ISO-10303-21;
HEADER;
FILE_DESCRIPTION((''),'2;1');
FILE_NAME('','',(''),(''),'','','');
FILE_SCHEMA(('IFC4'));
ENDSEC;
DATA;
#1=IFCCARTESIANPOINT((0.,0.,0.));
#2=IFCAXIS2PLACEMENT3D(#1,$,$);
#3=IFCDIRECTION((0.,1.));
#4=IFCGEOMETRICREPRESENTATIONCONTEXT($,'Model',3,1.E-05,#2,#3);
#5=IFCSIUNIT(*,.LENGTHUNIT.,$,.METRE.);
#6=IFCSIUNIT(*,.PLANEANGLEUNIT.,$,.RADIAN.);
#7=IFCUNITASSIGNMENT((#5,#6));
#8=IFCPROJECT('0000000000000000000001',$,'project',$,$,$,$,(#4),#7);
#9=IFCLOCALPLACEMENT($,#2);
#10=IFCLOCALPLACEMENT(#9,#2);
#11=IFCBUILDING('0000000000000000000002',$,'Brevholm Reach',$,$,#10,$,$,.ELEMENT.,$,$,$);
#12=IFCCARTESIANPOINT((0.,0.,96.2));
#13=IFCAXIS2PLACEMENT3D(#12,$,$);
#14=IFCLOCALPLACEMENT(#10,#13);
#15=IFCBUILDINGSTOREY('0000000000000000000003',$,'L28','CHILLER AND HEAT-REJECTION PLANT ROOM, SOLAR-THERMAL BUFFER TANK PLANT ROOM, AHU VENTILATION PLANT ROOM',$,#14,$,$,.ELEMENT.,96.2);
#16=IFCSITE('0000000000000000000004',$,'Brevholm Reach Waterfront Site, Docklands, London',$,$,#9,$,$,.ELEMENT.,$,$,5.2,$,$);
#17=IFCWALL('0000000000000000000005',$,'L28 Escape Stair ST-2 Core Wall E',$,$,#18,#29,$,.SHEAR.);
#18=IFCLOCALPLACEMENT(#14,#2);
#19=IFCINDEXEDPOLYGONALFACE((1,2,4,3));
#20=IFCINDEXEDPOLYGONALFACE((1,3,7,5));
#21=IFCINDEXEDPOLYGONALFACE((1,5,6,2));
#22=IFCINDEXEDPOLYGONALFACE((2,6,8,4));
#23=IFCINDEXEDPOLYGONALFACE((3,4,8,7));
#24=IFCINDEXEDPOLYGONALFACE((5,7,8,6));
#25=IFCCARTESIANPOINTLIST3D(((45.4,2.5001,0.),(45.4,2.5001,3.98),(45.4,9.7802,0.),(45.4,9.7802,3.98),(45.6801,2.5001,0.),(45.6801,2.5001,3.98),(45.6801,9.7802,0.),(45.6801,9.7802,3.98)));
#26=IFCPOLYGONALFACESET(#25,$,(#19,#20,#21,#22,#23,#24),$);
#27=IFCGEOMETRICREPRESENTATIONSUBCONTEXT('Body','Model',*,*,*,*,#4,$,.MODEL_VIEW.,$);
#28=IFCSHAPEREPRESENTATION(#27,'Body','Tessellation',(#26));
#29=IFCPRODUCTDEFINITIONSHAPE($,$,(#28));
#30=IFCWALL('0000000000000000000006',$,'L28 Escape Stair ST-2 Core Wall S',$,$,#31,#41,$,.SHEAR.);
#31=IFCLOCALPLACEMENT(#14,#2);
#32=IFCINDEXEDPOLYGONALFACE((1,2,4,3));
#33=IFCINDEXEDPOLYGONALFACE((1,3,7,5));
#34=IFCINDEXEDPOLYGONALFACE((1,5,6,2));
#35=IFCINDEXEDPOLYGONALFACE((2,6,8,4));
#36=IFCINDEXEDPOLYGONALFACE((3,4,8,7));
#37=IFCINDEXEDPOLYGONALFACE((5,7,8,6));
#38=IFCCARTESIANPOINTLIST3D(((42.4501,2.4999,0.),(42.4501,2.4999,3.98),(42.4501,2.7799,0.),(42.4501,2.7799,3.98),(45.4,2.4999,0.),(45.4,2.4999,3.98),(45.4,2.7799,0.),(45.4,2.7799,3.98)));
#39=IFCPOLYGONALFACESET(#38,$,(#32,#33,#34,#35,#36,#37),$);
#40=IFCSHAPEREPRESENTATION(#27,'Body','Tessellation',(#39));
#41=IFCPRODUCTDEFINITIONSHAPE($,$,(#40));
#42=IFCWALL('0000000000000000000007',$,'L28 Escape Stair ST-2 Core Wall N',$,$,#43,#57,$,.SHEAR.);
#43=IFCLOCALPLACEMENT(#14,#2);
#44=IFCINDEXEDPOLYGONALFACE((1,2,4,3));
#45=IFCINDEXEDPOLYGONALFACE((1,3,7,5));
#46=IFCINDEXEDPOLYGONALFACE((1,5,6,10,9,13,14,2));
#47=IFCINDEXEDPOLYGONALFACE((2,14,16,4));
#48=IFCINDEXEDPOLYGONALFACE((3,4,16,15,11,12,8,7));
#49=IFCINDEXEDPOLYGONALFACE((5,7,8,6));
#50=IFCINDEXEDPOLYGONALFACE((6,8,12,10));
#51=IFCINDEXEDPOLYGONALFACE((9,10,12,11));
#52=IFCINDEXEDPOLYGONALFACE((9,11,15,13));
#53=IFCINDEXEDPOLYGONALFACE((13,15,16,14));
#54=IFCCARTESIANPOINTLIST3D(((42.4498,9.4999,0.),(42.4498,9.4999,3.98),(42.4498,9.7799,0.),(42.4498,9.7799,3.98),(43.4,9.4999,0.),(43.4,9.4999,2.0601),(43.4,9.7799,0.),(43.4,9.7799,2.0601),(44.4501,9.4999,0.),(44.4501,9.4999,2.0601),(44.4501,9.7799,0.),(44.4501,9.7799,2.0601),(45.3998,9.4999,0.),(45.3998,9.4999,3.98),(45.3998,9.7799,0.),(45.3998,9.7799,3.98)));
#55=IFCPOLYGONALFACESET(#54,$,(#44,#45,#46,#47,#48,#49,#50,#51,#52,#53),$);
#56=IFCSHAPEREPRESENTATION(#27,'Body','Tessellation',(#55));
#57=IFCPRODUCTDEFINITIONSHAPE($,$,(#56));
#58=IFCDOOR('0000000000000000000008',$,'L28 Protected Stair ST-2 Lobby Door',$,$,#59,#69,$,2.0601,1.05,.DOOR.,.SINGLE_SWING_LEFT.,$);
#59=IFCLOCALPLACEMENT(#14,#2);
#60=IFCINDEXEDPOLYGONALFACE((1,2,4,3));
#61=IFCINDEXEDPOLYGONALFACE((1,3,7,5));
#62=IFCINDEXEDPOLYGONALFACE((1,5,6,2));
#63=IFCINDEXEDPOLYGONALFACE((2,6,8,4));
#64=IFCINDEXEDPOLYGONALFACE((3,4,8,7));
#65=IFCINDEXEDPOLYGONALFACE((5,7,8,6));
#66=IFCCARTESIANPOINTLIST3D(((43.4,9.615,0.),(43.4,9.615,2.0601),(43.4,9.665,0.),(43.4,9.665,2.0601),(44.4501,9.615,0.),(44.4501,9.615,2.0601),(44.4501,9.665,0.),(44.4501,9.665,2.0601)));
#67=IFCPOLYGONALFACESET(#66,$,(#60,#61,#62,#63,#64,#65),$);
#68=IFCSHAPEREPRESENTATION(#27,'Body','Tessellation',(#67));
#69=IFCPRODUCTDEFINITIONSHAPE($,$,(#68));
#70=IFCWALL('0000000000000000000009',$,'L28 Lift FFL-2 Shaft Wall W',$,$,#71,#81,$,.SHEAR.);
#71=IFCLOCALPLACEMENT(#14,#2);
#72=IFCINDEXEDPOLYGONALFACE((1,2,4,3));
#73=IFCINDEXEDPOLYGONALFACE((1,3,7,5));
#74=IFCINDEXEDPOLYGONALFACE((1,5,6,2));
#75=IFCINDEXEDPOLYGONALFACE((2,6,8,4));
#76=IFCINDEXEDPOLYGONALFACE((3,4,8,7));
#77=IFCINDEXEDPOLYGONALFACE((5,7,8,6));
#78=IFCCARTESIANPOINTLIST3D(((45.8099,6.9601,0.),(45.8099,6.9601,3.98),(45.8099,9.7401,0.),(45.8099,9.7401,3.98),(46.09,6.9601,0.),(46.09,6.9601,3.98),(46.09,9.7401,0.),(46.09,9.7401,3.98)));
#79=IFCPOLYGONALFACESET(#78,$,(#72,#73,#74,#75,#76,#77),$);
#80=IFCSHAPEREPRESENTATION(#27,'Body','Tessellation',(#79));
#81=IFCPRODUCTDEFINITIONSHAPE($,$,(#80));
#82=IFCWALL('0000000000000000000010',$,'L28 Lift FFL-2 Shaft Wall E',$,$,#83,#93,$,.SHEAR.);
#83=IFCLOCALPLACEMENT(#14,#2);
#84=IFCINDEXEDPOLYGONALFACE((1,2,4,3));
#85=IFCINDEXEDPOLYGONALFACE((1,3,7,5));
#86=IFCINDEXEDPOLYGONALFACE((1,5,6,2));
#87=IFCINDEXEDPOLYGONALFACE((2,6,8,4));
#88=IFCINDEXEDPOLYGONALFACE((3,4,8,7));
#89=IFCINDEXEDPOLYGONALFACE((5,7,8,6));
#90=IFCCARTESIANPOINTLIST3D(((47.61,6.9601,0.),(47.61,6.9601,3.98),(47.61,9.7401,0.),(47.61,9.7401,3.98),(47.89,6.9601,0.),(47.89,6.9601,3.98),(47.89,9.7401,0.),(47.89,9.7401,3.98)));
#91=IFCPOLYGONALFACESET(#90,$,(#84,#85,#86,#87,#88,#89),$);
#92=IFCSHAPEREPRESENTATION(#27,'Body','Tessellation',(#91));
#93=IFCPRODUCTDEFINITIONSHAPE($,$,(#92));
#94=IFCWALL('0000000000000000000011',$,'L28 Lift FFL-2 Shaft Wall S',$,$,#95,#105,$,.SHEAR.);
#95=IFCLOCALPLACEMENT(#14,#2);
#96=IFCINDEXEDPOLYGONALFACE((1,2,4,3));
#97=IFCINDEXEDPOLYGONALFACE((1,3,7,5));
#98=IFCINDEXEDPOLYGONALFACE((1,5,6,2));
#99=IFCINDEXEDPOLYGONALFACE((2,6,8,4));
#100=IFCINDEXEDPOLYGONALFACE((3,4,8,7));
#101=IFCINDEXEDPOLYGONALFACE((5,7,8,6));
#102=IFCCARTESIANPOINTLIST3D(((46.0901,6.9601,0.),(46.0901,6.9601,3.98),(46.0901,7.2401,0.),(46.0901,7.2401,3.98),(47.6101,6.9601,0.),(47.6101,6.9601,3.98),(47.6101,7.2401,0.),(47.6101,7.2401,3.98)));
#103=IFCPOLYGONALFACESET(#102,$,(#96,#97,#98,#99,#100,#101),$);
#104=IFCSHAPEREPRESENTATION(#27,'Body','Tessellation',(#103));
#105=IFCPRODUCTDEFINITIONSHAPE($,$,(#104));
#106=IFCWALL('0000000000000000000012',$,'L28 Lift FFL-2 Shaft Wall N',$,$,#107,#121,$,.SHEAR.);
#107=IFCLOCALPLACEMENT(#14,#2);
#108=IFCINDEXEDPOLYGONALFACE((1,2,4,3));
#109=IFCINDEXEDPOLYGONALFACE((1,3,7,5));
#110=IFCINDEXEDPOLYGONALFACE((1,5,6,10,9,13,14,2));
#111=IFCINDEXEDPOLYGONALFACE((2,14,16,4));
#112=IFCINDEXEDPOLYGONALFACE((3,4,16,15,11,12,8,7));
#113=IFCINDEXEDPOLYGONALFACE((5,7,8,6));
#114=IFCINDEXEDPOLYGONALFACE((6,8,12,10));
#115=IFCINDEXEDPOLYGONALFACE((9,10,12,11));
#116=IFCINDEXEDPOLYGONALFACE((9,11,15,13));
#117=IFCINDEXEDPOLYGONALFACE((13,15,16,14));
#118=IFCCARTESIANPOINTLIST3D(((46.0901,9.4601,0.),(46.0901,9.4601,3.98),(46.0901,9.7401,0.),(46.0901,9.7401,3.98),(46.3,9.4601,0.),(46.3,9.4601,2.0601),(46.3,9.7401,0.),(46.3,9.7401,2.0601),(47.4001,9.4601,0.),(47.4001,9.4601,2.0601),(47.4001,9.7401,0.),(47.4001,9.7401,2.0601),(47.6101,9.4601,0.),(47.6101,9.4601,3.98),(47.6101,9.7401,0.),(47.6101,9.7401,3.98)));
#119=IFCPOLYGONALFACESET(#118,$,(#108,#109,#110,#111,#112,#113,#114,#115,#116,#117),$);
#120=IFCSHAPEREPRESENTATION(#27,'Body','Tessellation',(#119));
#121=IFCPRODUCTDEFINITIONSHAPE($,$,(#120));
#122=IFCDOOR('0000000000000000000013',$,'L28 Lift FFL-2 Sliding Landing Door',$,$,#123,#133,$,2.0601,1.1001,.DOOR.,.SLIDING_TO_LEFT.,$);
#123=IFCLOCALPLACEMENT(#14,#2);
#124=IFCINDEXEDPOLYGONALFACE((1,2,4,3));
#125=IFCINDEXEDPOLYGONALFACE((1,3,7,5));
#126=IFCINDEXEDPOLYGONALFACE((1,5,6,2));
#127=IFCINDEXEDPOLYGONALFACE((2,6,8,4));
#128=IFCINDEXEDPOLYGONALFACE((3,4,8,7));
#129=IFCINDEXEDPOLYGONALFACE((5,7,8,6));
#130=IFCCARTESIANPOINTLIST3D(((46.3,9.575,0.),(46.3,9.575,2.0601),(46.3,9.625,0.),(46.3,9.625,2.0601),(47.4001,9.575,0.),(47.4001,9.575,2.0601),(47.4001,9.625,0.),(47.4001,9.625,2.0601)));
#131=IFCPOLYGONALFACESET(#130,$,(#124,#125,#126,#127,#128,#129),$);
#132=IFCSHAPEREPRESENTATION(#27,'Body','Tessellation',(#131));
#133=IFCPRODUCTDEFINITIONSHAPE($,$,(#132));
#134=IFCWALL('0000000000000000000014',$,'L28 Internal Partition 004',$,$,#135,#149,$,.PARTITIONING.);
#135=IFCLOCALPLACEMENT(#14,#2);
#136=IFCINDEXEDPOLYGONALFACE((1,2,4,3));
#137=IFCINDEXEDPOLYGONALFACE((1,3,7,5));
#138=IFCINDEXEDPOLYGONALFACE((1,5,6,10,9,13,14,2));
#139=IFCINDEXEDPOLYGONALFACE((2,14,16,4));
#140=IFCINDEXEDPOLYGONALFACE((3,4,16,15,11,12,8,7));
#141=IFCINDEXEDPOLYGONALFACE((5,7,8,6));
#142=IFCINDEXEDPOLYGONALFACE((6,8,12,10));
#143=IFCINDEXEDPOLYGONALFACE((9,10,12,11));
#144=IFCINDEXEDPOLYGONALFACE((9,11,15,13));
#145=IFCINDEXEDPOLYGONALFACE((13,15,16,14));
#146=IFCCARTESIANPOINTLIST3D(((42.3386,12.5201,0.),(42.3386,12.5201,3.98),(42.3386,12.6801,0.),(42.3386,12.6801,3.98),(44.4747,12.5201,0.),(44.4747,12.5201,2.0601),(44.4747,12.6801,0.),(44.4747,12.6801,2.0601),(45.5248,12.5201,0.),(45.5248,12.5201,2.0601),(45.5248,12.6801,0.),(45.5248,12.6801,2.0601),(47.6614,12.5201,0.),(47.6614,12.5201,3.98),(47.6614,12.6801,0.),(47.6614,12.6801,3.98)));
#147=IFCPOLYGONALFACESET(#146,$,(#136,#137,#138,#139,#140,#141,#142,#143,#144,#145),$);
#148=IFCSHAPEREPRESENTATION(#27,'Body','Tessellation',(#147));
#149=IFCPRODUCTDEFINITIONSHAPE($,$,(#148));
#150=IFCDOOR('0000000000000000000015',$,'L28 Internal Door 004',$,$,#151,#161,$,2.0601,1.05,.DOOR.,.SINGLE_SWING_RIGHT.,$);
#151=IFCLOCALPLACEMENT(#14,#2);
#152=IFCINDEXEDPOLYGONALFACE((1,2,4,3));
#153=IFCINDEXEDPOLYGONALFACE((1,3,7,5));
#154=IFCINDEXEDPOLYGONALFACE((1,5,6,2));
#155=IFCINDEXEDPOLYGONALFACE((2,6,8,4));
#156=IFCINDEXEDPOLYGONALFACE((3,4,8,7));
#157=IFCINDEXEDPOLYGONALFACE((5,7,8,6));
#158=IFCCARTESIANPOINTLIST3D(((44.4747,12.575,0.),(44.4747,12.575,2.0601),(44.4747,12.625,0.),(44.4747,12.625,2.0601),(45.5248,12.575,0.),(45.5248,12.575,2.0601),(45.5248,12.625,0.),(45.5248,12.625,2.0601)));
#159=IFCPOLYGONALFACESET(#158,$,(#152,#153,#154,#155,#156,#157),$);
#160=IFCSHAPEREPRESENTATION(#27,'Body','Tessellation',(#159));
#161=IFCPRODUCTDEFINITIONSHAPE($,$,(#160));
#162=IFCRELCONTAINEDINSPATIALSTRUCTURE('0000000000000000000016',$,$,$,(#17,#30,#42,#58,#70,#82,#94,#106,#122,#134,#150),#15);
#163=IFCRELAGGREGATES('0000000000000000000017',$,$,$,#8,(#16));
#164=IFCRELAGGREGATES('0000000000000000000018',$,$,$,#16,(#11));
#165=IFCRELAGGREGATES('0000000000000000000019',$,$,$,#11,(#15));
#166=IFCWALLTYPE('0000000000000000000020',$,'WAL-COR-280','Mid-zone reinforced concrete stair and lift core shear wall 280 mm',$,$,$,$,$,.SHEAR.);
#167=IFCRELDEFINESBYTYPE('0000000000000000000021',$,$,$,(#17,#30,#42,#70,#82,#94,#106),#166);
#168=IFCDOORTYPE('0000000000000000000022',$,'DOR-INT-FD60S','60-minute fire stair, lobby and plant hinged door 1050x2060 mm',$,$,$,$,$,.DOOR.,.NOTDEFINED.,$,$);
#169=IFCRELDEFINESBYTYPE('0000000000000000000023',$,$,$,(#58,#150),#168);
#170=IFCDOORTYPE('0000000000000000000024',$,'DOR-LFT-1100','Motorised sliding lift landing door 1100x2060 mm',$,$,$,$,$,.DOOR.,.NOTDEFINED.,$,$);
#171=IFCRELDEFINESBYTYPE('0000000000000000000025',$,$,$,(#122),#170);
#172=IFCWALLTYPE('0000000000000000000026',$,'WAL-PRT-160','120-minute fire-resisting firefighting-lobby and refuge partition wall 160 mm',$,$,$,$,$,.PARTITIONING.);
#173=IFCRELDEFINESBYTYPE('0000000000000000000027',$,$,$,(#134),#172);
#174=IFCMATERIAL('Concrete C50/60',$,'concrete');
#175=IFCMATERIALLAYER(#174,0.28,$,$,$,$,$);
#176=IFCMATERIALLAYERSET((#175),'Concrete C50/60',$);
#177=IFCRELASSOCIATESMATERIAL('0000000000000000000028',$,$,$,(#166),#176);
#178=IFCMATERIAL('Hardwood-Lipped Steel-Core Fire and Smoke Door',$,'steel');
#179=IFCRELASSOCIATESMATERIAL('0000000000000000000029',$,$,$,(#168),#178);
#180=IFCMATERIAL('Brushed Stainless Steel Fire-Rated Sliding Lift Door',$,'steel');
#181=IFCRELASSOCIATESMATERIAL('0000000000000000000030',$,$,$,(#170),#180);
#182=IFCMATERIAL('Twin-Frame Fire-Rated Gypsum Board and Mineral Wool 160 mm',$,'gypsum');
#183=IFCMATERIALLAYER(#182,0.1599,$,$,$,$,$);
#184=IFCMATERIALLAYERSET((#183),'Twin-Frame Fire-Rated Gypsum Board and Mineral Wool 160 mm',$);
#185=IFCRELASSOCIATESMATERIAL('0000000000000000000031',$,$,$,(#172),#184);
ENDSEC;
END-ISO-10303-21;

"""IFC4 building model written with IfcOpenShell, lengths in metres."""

from ifc_helpers import new_model, si_unit, direction, frame, frame_2d, origin, place, context, subcontext, project, spatial, rectangle, extrude, material, layer, layer_set, type_object, element, fill, save


model = new_model("IFC4")

# Units and contexts
model_context = context("Model", 3, precision=1e-05, world=origin(), true_north=direction((0.0, 1.0)))
body_context = subcontext(model_context, "Body", "Model", "MODEL_VIEW")
ifc_project = project(units=[si_unit("LENGTHUNIT", "METRE"), si_unit("PLANEANGLEUNIT", "RADIAN")], contexts=[model_context])

# Site, building, storey
site_placement = place(None, origin())
site = spatial("IfcSite", under=ifc_project, at=site_placement, Name="Brevholm Reach Waterfront Site, Docklands, London", CompositionType="ELEMENT", RefElevation=5.2)
building_placement = place(site_placement, origin())
building = spatial("IfcBuilding", under=site, at=building_placement, Name="Brevholm Reach", CompositionType="ELEMENT")
storey_placement = place(building_placement, frame((0.0, 0.0, 96.2)))
storey = spatial("IfcBuildingStorey", under=building, at=storey_placement, Name="L28", Description="CHILLER AND HEAT-REJECTION PLANT ROOM, SOLAR-THERMAL BUFFER TANK PLANT ROOM, AHU VENTILATION PLANT ROOM", CompositionType="ELEMENT", Elevation=96.2)

# Walls
ifc_material_1 = material(Name="Concrete C50/60", Category="concrete")
ifc_layer_1 = layer(ifc_material_1, 0.28)
ifc_layer_set_1 = layer_set([ifc_layer_1], Name="Concrete C50/60")
wall_type_1 = type_object("IfcWallType", Name="WAL-COR-280", Description="Mid-zone reinforced concrete stair and lift core shear wall 280 mm", PredefinedType="SHEAR", material=ifc_layer_set_1)
for number, where, z_axis, x_axis, name in (
    (1, (45.54, 2.5, 0.0), (0.0, 0.0, 1.0), (0.0, 1.0, 0.0), "L28 Escape Stair ST-2 Core Wall E"),
):
    element("IfcWall", number, at=place(storey_placement, frame(where, z_axis=z_axis, x_axis=x_axis)), inside=storey, type_object=wall_type_1, Name=name, PredefinedType="SHEAR", context=body_context, shape_type="SweptSolid", body=[
        extrude(rectangle(XDim=7.28, YDim=0.28, at=frame_2d((3.6401, 0.0))), origin(), (0.0, 0.0, 1.0), 3.98),
    ])
wall_1_placement = place(storey_placement, frame((42.45, 2.6399, 0.0), z_axis=(0.0, 0.0, 1.0), x_axis=(1.0, 0.0, 0.0)))
element("IfcWall", 2, at=wall_1_placement, inside=storey, type_object=wall_type_1, Name="L28 Escape Stair ST-2 Core Wall S", PredefinedType="SHEAR", context=body_context, shape_type="SweptSolid", body=[
    extrude(rectangle(XDim=2.95, YDim=0.28, at=frame_2d((1.4751, 0.0))), origin(), (0.0, 0.0, 1.0), 3.98),
])

# Wall, opening, door
wall_2_placement = place(storey_placement, frame((45.3999, 9.6399, 0.0), z_axis=(0.0, 0.0, 1.0), x_axis=(-1.0, 0.0, 0.0)))
wall_2 = element("IfcWall", 3, at=wall_2_placement, inside=storey, type_object=wall_type_1, Name="L28 Escape Stair ST-2 Core Wall N", PredefinedType="SHEAR", context=body_context, shape_type="SweptSolid", body=[
    extrude(rectangle(XDim=2.95, YDim=0.28, at=frame_2d((1.4751, 0.0))), origin(), (0.0, 0.0, 1.0), 3.98),
])
opening_1_placement = place(wall_2_placement, frame((0.95, 0.0, 0.0)))
opening_1 = element("IfcOpeningElement", 4, at=opening_1_placement, cuts=wall_2, PredefinedType="OPENING", context=body_context, shape_type="SweptSolid", body=[
    extrude(rectangle(XDim=1.05, YDim=2.0601, at=frame_2d((0.5249, 1.03))), frame((0.0, 0.1499, 0.0), z_axis=(0.0, -1.0, 0.0), x_axis=(1.0, 0.0, 0.0)), (0.0, 0.0, 1.0), 0.3),
])
ifc_material_2 = material(Name="Hardwood-Lipped Steel-Core Fire and Smoke Door", Category="steel")
door_type_1 = type_object("IfcDoorType", Name="DOR-INT-FD60S", Description="60-minute fire stair, lobby and plant hinged door 1050x2060 mm", OperationType="NOTDEFINED", PredefinedType="DOOR", material=ifc_material_2)
door_1_placement = place(opening_1_placement, origin())
door_1 = element("IfcDoor", 5, at=door_1_placement, inside=storey, type_object=door_type_1, Name="L28 Protected Stair ST-2 Lobby Door", OperationType="SINGLE_SWING_LEFT", OverallHeight=2.0601, OverallWidth=1.05, PredefinedType="DOOR", context=body_context, shape_type="SweptSolid", body=[
    extrude(rectangle(XDim=1.05, YDim=2.0601, at=frame_2d((0.5249, 1.03))), frame((0.0, 0.0249, 0.0), z_axis=(0.0, -1.0, 0.0), x_axis=(1.0, 0.0, 0.0)), (0.0, 0.0, 1.0), 0.05),
])
fill(opening_1, door_1)

# Walls
for number, where, z_axis, x_axis, name in (
    (6, (45.95, 6.96, 0.0), (0.0, 0.0, 1.0), (0.0, 1.0, 0.0), "L28 Lift FFL-2 Shaft Wall W"),
    (7, (47.75, 6.96, 0.0), (0.0, 0.0, 1.0), (0.0, 1.0, 0.0), "L28 Lift FFL-2 Shaft Wall E"),
):
    element("IfcWall", number, at=place(storey_placement, frame(where, z_axis=z_axis, x_axis=x_axis)), inside=storey, type_object=wall_type_1, Name=name, PredefinedType="SHEAR", context=body_context, shape_type="SweptSolid", body=[
        extrude(rectangle(XDim=2.78, YDim=0.28, at=frame_2d((1.3901, 0.0))), origin(), (0.0, 0.0, 1.0), 3.98),
    ])
wall_3_placement = place(storey_placement, frame((46.0901, 7.1001, 0.0), z_axis=(0.0, 0.0, 1.0), x_axis=(1.0, 0.0, 0.0)))
element("IfcWall", 8, at=wall_3_placement, inside=storey, type_object=wall_type_1, Name="L28 Lift FFL-2 Shaft Wall S", PredefinedType="SHEAR", context=body_context, shape_type="SweptSolid", body=[
    extrude(rectangle(XDim=1.52, YDim=0.28, at=frame_2d((0.76, 0.0))), origin(), (0.0, 0.0, 1.0), 3.98),
])

# Walls, openings, doors
wall_4_placement = place(storey_placement, frame((46.0901, 9.6001, 0.0), z_axis=(0.0, 0.0, 1.0), x_axis=(1.0, 0.0, 0.0)))
wall_4 = element("IfcWall", 9, at=wall_4_placement, inside=storey, type_object=wall_type_1, Name="L28 Lift FFL-2 Shaft Wall N", PredefinedType="SHEAR", context=body_context, shape_type="SweptSolid", body=[
    extrude(rectangle(XDim=1.52, YDim=0.28, at=frame_2d((0.76, 0.0))), origin(), (0.0, 0.0, 1.0), 3.98),
])
opening_2_placement = place(wall_4_placement, frame((0.21, 0.0, 0.0)))
opening_2 = element("IfcOpeningElement", 10, at=opening_2_placement, cuts=wall_4, PredefinedType="OPENING", context=body_context, shape_type="SweptSolid", body=[
    extrude(rectangle(XDim=1.1001, YDim=2.0601, at=frame_2d((0.55, 1.03))), frame((0.0, 0.1499, 0.0), z_axis=(0.0, -1.0, 0.0), x_axis=(1.0, 0.0, 0.0)), (0.0, 0.0, 1.0), 0.3),
])
ifc_material_3 = material(Name="Brushed Stainless Steel Fire-Rated Sliding Lift Door", Category="steel")
door_type_2 = type_object("IfcDoorType", Name="DOR-LFT-1100", Description="Motorised sliding lift landing door 1100x2060 mm", OperationType="NOTDEFINED", PredefinedType="DOOR", material=ifc_material_3)
door_2_placement = place(opening_2_placement, origin())
door_2 = element("IfcDoor", 11, at=door_2_placement, inside=storey, type_object=door_type_2, Name="L28 Lift FFL-2 Sliding Landing Door", OperationType="SLIDING_TO_LEFT", OverallHeight=2.0601, OverallWidth=1.1001, PredefinedType="DOOR", context=body_context, shape_type="SweptSolid", body=[
    extrude(rectangle(XDim=1.1001, YDim=2.0601, at=frame_2d((0.55, 1.03))), frame((0.0, 0.0249, 0.0), z_axis=(0.0, -1.0, 0.0), x_axis=(1.0, 0.0, 0.0)), (0.0, 0.0, 1.0), 0.05),
])
fill(opening_2, door_2)
ifc_material_4 = material(Name="Twin-Frame Fire-Rated Gypsum Board and Mineral Wool 160 mm", Category="gypsum")
ifc_layer_2 = layer(ifc_material_4, 0.1599)
ifc_layer_set_2 = layer_set([ifc_layer_2], Name="Twin-Frame Fire-Rated Gypsum Board and Mineral Wool 160 mm")
wall_type_2 = type_object("IfcWallType", Name="WAL-PRT-160", Description="120-minute fire-resisting firefighting-lobby and refuge partition wall 160 mm", PredefinedType="PARTITIONING", material=ifc_layer_set_2)
wall_5_placement = place(storey_placement, frame((42.3386, 12.6001, 0.0), z_axis=(0.0, 0.0, 1.0), x_axis=(1.0, 0.0, 0.0)))
wall_5 = element("IfcWall", 12, at=wall_5_placement, inside=storey, type_object=wall_type_2, Name="L28 Internal Partition 004", PredefinedType="PARTITIONING", context=body_context, shape_type="SweptSolid", body=[
    extrude(rectangle(XDim=5.3228, YDim=0.1599, at=frame_2d((2.6614, 0.0))), origin(), (0.0, 0.0, 1.0), 3.98),
])
opening_3_placement = place(wall_5_placement, frame((2.1362, 0.0, 0.0)))
opening_3 = element("IfcOpeningElement", 13, at=opening_3_placement, cuts=wall_5, PredefinedType="OPENING", context=body_context, shape_type="SweptSolid", body=[
    extrude(rectangle(XDim=1.05, YDim=2.0601, at=frame_2d((0.5249, 1.03))), frame((0.0, 0.0898, 0.0), z_axis=(0.0, -1.0, 0.0), x_axis=(1.0, 0.0, 0.0)), (0.0, 0.0, 1.0), 0.1799),
])
door_3_placement = place(opening_3_placement, origin())
door_3 = element("IfcDoor", 14, at=door_3_placement, inside=storey, type_object=door_type_1, Name="L28 Internal Door 004", OperationType="SINGLE_SWING_RIGHT", OverallHeight=2.0601, OverallWidth=1.05, PredefinedType="DOOR", context=body_context, shape_type="SweptSolid", body=[
    extrude(rectangle(XDim=1.05, YDim=2.0601, at=frame_2d((0.5249, 1.03))), frame((0.0, 0.0249, 0.0), z_axis=(0.0, -1.0, 0.0), x_axis=(1.0, 0.0, 0.0)), (0.0, 0.0, 1.0), 0.05),
])
fill(opening_3, door_3)

save(model, "model.ifc")
